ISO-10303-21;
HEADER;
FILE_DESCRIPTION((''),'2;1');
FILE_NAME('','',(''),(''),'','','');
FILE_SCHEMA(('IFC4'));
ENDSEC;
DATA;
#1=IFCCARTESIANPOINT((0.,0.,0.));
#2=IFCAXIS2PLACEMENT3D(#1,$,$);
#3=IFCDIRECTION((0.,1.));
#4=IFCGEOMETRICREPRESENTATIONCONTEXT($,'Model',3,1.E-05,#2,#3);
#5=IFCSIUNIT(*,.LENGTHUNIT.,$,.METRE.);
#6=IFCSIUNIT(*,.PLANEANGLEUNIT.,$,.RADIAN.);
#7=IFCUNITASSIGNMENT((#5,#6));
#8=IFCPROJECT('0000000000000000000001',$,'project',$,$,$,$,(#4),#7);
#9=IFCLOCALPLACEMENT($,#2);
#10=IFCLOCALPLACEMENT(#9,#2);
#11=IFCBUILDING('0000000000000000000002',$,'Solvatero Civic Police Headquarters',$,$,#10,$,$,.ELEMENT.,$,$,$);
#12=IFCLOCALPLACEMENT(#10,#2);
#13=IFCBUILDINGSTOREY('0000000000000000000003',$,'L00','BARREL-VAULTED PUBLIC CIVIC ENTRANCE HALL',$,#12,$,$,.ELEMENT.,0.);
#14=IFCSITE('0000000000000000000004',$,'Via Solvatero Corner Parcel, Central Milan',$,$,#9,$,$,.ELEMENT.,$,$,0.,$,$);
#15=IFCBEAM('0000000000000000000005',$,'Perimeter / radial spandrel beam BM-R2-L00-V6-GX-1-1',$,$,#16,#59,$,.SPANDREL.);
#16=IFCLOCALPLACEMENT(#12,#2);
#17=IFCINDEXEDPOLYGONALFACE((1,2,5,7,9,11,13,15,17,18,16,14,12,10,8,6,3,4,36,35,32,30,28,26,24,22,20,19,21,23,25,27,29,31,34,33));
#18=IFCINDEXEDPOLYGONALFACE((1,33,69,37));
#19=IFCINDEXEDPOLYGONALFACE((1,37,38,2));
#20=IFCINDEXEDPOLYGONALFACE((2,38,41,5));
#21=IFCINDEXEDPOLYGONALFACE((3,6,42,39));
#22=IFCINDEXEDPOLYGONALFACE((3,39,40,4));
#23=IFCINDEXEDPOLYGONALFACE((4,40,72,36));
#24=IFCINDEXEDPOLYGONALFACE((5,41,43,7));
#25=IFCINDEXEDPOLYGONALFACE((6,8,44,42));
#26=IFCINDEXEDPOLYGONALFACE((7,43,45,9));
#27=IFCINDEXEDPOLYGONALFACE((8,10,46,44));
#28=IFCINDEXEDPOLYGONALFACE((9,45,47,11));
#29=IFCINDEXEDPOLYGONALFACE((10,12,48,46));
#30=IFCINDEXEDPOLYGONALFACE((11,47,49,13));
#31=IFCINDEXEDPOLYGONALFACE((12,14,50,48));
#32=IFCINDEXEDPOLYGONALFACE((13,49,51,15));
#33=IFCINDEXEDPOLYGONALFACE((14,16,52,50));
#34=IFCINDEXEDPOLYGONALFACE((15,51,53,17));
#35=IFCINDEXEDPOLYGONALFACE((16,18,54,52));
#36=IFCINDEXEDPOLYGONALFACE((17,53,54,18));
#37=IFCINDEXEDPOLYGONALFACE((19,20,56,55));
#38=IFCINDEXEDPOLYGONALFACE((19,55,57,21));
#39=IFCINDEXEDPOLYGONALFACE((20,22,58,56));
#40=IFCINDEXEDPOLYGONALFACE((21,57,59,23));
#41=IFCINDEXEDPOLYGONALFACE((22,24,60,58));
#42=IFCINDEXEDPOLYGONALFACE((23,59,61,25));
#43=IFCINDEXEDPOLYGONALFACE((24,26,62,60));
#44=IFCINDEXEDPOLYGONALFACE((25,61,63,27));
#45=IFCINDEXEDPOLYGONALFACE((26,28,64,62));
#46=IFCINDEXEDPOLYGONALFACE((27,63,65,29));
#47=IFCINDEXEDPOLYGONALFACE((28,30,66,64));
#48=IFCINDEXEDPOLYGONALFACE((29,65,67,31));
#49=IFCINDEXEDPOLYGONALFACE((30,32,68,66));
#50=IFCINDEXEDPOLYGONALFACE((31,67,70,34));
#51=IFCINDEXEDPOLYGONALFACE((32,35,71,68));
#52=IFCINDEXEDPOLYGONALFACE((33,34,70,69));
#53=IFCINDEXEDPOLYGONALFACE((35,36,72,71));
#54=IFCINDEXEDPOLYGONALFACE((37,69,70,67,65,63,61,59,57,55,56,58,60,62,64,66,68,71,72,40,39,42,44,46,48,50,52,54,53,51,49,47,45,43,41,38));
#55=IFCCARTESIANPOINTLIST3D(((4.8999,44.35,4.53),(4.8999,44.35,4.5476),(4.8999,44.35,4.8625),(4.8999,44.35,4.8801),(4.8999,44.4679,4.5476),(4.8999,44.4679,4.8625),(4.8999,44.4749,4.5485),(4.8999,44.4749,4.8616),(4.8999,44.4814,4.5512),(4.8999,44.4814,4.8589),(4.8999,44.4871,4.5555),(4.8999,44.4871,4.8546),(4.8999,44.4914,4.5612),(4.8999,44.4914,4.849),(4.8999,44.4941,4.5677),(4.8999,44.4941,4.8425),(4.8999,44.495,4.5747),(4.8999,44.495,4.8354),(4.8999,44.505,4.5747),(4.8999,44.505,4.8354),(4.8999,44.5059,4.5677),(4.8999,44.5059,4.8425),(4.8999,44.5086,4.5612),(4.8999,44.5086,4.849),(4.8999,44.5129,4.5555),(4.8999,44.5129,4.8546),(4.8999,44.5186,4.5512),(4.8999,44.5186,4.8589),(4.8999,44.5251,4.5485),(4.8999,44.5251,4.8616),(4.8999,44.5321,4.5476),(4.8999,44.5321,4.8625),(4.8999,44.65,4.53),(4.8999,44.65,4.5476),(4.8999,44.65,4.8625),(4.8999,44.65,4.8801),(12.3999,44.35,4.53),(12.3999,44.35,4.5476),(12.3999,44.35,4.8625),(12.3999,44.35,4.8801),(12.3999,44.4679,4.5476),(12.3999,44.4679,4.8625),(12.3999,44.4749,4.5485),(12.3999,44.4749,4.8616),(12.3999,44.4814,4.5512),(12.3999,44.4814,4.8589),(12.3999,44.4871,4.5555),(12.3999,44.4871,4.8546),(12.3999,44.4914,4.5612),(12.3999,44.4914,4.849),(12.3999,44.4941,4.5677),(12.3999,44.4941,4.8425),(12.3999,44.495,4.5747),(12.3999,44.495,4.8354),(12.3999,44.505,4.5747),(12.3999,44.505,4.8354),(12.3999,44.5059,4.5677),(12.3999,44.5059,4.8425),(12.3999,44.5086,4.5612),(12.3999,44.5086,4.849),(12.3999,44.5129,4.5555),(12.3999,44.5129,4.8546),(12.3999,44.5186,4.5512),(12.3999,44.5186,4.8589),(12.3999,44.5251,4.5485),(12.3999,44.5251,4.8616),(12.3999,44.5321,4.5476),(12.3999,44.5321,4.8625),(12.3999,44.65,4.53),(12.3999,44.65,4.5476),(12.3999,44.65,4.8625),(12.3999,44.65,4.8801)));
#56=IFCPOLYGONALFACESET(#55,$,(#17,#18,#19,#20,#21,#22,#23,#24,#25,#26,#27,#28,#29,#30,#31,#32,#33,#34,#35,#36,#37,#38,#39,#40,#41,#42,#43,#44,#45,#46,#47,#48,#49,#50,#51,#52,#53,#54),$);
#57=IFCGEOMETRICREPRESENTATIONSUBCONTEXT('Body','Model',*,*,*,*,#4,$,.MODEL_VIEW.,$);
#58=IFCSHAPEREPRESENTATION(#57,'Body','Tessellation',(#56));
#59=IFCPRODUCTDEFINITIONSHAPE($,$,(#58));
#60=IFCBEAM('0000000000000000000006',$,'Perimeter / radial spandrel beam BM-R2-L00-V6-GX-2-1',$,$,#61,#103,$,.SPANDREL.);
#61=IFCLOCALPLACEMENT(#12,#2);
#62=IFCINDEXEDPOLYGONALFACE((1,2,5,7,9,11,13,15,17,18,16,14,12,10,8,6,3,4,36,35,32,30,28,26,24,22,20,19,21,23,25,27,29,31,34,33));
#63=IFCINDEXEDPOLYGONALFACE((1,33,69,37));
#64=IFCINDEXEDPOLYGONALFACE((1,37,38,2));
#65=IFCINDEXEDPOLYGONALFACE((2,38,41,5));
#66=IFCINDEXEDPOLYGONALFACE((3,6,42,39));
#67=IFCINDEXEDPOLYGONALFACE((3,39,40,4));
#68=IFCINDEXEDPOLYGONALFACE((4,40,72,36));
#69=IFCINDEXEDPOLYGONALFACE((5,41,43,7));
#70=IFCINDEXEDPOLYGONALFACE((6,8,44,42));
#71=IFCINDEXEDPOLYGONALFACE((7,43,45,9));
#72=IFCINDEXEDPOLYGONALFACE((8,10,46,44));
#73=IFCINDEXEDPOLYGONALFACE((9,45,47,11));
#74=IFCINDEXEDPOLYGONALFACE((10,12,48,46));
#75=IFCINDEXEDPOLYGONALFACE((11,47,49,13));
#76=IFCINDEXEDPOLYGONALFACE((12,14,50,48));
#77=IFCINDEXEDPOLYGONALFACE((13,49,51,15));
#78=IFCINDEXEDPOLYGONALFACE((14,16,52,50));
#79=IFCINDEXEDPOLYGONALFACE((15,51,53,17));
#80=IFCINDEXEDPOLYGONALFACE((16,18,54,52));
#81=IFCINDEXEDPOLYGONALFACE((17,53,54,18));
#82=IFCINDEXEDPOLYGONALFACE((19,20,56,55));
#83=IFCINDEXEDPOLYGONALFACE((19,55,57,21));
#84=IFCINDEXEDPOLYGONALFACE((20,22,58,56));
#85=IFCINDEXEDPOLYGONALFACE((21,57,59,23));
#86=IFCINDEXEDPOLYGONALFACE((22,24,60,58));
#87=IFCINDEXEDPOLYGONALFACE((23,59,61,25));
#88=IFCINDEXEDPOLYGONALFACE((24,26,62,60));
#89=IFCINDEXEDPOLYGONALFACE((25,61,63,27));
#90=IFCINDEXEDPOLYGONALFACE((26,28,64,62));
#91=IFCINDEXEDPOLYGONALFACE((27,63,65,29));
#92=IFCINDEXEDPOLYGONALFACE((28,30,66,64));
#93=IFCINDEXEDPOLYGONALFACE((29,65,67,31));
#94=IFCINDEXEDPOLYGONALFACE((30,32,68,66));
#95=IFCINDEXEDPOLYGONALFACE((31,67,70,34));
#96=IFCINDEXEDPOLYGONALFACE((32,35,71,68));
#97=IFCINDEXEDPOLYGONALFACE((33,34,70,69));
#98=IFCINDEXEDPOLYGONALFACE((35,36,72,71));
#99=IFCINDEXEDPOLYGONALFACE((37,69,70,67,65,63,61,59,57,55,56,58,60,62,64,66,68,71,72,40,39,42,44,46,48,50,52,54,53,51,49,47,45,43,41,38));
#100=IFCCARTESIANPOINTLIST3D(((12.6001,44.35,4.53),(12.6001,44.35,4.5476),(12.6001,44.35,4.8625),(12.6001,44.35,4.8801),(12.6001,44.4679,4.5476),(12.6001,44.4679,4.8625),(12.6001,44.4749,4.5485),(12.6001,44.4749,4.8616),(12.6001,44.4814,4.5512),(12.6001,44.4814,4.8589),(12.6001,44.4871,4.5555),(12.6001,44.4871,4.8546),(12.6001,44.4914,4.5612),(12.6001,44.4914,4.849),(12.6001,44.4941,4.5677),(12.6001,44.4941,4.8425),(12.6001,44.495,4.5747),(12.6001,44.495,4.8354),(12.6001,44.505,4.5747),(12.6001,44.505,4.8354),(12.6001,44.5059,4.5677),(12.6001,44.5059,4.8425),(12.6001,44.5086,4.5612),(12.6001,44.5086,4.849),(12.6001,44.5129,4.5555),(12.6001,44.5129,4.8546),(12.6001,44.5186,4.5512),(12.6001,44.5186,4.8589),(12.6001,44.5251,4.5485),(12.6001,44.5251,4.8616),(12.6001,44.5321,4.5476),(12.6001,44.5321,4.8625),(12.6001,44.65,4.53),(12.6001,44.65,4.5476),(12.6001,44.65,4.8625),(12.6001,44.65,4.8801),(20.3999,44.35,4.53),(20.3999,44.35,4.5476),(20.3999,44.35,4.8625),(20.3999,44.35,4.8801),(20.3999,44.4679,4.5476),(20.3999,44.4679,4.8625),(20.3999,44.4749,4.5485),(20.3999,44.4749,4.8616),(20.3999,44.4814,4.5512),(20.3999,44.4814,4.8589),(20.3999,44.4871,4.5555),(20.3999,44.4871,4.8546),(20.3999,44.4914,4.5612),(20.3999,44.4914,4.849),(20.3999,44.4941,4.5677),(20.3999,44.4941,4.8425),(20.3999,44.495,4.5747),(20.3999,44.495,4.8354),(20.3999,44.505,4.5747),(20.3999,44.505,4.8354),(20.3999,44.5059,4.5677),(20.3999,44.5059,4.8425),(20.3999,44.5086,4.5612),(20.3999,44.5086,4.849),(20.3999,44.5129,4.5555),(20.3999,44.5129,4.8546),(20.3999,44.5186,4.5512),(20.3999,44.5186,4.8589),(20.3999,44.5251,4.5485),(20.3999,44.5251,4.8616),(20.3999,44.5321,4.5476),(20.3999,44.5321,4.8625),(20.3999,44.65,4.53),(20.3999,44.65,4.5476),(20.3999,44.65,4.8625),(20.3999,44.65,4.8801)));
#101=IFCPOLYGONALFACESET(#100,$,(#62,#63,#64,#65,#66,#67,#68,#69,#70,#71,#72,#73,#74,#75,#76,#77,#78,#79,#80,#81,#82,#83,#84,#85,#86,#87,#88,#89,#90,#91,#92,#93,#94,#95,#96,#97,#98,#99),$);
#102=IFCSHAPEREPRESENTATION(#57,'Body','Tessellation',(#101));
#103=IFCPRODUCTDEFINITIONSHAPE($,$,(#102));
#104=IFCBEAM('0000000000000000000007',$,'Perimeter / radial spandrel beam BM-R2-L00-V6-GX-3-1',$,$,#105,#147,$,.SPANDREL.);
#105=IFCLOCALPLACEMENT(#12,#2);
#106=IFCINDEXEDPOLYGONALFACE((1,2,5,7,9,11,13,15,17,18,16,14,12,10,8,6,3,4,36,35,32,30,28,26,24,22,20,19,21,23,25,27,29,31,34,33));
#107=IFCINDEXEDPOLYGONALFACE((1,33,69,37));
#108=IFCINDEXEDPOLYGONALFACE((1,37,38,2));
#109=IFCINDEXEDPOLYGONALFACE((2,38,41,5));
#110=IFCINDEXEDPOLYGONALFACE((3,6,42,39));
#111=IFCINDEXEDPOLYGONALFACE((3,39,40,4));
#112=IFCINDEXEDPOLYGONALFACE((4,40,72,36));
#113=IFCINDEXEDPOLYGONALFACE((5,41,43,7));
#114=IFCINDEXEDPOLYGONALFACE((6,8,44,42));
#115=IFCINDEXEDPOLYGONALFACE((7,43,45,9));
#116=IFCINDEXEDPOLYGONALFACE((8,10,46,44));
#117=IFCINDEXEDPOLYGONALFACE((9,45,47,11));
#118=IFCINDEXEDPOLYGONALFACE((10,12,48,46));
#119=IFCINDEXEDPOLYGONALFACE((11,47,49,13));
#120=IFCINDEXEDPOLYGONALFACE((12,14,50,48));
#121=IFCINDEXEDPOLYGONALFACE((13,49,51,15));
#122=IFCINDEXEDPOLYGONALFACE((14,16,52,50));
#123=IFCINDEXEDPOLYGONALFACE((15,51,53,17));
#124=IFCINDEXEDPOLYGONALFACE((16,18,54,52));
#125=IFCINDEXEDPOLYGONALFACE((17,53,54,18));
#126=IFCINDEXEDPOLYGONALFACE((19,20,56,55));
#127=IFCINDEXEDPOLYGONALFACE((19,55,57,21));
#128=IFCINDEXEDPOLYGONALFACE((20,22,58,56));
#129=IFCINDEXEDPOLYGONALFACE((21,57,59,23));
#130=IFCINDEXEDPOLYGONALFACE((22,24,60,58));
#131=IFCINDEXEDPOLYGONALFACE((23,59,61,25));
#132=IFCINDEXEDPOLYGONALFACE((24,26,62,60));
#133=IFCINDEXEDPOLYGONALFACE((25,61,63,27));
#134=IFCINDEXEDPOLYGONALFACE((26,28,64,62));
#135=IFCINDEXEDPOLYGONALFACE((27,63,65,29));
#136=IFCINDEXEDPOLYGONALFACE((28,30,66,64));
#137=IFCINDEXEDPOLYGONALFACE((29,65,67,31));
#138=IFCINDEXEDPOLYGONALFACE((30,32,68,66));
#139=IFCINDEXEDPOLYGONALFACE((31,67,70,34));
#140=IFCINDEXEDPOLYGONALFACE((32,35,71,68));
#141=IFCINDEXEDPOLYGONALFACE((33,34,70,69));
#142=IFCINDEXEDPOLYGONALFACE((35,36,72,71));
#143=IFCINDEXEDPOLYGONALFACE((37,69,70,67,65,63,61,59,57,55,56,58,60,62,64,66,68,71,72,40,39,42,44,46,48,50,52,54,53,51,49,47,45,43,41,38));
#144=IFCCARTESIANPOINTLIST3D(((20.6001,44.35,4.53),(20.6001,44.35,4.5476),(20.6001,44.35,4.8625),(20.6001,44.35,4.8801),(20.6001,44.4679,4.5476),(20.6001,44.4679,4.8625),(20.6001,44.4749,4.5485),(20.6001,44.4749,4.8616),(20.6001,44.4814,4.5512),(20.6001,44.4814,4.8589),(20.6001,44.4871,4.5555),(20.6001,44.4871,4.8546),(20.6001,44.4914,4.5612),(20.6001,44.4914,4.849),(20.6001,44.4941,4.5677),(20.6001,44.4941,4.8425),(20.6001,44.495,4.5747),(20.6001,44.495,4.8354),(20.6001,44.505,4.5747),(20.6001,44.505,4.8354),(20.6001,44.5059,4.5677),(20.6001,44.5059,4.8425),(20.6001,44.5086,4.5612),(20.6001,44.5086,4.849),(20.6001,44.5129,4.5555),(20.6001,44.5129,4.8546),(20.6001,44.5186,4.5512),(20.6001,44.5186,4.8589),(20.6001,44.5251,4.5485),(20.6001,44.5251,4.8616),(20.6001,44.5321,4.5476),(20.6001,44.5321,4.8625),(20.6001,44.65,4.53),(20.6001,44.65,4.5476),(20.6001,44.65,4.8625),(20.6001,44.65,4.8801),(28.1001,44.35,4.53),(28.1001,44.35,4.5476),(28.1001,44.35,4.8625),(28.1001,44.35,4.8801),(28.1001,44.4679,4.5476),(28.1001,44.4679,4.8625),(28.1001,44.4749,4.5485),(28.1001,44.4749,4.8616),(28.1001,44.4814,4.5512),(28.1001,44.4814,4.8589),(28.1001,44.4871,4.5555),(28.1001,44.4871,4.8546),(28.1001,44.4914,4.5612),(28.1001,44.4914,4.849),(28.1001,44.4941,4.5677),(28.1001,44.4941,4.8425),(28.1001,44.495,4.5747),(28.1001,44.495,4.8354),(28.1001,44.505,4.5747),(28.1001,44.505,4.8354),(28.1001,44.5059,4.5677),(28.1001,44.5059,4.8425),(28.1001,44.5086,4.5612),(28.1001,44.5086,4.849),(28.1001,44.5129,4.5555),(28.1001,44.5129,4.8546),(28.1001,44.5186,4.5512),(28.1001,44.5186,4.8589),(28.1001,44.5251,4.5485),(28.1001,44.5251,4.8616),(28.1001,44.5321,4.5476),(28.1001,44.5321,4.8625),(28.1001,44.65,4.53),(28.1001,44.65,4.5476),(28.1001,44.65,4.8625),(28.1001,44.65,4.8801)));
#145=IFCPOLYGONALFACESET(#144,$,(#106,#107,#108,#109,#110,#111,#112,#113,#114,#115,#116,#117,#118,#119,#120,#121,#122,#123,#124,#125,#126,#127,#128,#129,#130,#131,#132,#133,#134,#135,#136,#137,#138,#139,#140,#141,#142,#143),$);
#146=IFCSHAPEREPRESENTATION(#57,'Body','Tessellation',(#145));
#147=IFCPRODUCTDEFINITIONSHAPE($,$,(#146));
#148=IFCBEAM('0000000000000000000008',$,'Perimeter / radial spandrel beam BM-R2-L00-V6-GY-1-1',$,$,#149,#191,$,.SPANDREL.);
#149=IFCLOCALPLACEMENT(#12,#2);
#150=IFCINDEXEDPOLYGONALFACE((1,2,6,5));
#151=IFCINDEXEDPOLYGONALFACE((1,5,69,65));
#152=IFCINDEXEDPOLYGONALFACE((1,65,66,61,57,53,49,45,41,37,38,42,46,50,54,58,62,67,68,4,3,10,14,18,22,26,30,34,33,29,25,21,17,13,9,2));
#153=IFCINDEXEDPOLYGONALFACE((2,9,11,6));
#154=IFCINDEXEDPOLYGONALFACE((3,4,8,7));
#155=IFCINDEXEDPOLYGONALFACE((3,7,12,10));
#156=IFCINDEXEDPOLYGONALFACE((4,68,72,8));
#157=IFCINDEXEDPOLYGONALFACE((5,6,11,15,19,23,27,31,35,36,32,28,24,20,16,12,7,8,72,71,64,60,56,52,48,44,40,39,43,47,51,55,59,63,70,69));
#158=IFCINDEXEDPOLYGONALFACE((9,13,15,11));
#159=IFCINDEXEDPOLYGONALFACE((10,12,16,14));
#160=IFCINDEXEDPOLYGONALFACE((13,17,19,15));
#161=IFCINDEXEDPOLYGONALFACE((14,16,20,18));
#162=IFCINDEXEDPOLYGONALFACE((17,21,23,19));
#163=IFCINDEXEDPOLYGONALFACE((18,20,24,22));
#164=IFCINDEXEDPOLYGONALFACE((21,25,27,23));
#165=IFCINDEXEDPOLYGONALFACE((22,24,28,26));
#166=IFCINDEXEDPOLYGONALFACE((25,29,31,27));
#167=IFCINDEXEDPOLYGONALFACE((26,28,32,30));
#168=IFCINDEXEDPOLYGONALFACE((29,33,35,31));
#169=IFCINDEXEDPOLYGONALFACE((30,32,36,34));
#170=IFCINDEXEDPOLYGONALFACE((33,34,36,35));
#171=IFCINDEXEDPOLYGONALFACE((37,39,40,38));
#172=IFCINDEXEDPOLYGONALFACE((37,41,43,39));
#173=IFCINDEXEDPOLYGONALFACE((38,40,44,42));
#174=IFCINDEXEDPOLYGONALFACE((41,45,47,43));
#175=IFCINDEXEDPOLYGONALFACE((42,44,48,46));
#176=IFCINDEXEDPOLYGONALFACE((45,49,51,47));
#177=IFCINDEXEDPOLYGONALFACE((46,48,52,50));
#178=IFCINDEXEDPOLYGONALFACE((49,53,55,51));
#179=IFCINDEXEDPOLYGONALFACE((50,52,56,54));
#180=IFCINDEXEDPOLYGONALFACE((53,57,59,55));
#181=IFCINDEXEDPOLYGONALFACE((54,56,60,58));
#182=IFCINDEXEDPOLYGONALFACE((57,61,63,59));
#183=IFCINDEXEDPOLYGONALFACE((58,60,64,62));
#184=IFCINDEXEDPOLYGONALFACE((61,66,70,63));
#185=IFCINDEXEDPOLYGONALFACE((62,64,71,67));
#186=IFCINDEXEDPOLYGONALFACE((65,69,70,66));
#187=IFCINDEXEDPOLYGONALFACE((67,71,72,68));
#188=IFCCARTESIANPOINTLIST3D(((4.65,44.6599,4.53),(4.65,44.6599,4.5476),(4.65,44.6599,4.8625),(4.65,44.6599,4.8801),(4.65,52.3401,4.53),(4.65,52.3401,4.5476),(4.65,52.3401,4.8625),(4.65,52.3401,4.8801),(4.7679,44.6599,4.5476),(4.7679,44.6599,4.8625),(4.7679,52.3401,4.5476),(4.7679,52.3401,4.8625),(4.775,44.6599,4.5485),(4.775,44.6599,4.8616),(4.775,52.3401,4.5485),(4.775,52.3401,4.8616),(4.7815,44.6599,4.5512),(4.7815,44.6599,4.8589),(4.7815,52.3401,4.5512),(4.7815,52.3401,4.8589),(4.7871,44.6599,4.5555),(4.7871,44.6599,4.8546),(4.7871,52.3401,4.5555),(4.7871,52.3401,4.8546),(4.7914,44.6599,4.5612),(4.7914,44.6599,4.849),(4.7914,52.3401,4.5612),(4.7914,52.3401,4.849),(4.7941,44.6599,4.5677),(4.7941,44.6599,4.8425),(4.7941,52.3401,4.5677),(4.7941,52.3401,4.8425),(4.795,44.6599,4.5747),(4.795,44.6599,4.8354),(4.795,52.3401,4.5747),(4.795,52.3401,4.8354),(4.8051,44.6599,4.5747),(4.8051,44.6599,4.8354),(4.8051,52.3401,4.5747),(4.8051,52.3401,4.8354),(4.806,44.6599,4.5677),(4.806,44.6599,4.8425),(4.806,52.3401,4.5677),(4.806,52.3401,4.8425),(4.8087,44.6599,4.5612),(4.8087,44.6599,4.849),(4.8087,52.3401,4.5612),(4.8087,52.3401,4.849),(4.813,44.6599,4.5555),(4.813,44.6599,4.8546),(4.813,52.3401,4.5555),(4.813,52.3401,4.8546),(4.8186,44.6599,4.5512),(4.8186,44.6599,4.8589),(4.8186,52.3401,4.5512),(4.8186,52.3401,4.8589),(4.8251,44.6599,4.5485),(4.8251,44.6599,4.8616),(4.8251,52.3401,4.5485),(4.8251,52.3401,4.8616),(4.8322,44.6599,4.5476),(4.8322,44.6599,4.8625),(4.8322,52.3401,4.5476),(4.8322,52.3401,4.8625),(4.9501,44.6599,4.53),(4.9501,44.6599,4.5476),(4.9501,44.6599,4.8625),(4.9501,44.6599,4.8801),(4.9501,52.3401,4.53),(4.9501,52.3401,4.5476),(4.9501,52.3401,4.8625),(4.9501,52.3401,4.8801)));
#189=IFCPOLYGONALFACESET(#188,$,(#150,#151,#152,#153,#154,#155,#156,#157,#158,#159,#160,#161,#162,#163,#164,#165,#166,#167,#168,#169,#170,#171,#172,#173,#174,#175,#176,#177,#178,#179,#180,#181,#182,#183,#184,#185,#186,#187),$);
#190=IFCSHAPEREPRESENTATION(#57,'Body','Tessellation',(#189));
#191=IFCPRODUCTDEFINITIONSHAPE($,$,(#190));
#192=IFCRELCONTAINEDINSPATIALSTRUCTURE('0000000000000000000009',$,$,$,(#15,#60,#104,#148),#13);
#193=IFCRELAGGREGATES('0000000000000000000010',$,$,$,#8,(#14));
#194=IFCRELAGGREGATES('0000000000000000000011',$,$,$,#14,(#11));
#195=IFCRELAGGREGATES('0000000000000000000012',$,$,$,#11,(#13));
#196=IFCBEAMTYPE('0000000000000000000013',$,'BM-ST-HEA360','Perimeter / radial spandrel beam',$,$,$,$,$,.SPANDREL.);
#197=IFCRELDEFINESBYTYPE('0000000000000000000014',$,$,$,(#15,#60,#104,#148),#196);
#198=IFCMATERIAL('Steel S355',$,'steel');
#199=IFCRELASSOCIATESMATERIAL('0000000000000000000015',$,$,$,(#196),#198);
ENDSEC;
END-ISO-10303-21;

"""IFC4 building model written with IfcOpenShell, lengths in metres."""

from ifc_helpers import new_model, si_unit, direction, frame, origin, origin_2d, place, context, subcontext, project, spatial, i_section, extrude, material, material_profile, profile_set, type_object, element, save


model = new_model("IFC4")

# Units and contexts
model_context = context("Model", 3, precision=1e-05, world=origin(), true_north=direction((0.0, 1.0)))
body_context = subcontext(model_context, "Body", "Model", "MODEL_VIEW")
ifc_project = project(units=[si_unit("LENGTHUNIT", "METRE"), si_unit("PLANEANGLEUNIT", "RADIAN")], contexts=[model_context])

# Site, building, storey
site_placement = place(None, origin())
site = spatial("IfcSite", under=ifc_project, at=site_placement, Name="Via Solvatero Corner Parcel, Central Milan", CompositionType="ELEMENT", RefElevation=0.0)
building_placement = place(site_placement, origin())
building = spatial("IfcBuilding", under=site, at=building_placement, Name="Solvatero Civic Police Headquarters", CompositionType="ELEMENT")
storey_placement = place(building_placement, origin())
storey = spatial("IfcBuildingStorey", under=building, at=storey_placement, Name="L00", Description="BARREL-VAULTED PUBLIC CIVIC ENTRANCE HALL", CompositionType="ELEMENT", Elevation=0.0)

# Beams
ifc_material_1 = material(Name="Steel S355", Category="steel")
ifc_material_profile_1 = material_profile(ifc_material_1, i_section(OverallWidth=0.3, OverallDepth=0.3501, WebThickness=0.01, FlangeThickness=0.0176, FilletRadius=0.0271, at=origin_2d()), Name="HEA 360")
ifc_profile_set_1 = profile_set([ifc_material_profile_1], Name="Steel S355")
beam_type_1 = type_object("IfcBeamType", Name="BM-ST-HEA360", Description="Perimeter / radial spandrel beam", PredefinedType="SPANDREL", material=ifc_profile_set_1)
beam_1_placement = place(storey_placement, frame((4.8999, 44.5, 4.7051), z_axis=(1.0, 0.0, 0.0), x_axis=(0.0, 1.0, 0.0)))
element("IfcBeam", 1, at=beam_1_placement, inside=storey, type_object=beam_type_1, Name="Perimeter / radial spandrel beam BM-R2-L00-V6-GX-1-1", PredefinedType="SPANDREL", context=body_context, shape_type="SweptSolid", body=[
    extrude(i_section(OverallWidth=0.3, OverallDepth=0.3501, WebThickness=0.01, FlangeThickness=0.0176, FilletRadius=0.0271, at=origin_2d()), origin(), (0.0, 0.0, 1.0), 7.5),
])
beam_2_placement = place(storey_placement, frame((12.6001, 44.5, 4.7051), z_axis=(1.0, 0.0, 0.0), x_axis=(0.0, 1.0, 0.0)))
element("IfcBeam", 2, at=beam_2_placement, inside=storey, type_object=beam_type_1, Name="Perimeter / radial spandrel beam BM-R2-L00-V6-GX-2-1", PredefinedType="SPANDREL", context=body_context, shape_type="SweptSolid", body=[
    extrude(i_section(OverallWidth=0.3, OverallDepth=0.3501, WebThickness=0.01, FlangeThickness=0.0176, FilletRadius=0.0271, at=origin_2d()), origin(), (0.0, 0.0, 1.0), 7.7998),
])
beam_3_placement = place(storey_placement, frame((20.6001, 44.5, 4.7051), z_axis=(1.0, 0.0, 0.0), x_axis=(0.0, 1.0, 0.0)))
element("IfcBeam", 3, at=beam_3_placement, inside=storey, type_object=beam_type_1, Name="Perimeter / radial spandrel beam BM-R2-L00-V6-GX-3-1", PredefinedType="SPANDREL", context=body_context, shape_type="SweptSolid", body=[
    extrude(i_section(OverallWidth=0.3, OverallDepth=0.3501, WebThickness=0.01, FlangeThickness=0.0176, FilletRadius=0.0271, at=origin_2d()), origin(), (0.0, 0.0, 1.0), 7.5),
])
for number, where, z_axis, x_axis, name in (
    (4, (4.8, 44.6599, 4.7051), (0.0, 1.0, 0.0), (-1.0, 0.0, 0.0), "Perimeter / radial spandrel beam BM-R2-L00-V6-GY-1-1"),
):
    element("IfcBeam", number, at=place(storey_placement, frame(where, z_axis=z_axis, x_axis=x_axis)), inside=storey, type_object=beam_type_1, Name=name, PredefinedType="SPANDREL", context=body_context, shape_type="SweptSolid", body=[
        extrude(i_section(OverallWidth=0.3, OverallDepth=0.3501, WebThickness=0.01, FlangeThickness=0.0176, FilletRadius=0.0271, at=origin_2d()), origin(), (0.0, 0.0, 1.0), 7.6802),
    ])

save(model, "model.ifc")
